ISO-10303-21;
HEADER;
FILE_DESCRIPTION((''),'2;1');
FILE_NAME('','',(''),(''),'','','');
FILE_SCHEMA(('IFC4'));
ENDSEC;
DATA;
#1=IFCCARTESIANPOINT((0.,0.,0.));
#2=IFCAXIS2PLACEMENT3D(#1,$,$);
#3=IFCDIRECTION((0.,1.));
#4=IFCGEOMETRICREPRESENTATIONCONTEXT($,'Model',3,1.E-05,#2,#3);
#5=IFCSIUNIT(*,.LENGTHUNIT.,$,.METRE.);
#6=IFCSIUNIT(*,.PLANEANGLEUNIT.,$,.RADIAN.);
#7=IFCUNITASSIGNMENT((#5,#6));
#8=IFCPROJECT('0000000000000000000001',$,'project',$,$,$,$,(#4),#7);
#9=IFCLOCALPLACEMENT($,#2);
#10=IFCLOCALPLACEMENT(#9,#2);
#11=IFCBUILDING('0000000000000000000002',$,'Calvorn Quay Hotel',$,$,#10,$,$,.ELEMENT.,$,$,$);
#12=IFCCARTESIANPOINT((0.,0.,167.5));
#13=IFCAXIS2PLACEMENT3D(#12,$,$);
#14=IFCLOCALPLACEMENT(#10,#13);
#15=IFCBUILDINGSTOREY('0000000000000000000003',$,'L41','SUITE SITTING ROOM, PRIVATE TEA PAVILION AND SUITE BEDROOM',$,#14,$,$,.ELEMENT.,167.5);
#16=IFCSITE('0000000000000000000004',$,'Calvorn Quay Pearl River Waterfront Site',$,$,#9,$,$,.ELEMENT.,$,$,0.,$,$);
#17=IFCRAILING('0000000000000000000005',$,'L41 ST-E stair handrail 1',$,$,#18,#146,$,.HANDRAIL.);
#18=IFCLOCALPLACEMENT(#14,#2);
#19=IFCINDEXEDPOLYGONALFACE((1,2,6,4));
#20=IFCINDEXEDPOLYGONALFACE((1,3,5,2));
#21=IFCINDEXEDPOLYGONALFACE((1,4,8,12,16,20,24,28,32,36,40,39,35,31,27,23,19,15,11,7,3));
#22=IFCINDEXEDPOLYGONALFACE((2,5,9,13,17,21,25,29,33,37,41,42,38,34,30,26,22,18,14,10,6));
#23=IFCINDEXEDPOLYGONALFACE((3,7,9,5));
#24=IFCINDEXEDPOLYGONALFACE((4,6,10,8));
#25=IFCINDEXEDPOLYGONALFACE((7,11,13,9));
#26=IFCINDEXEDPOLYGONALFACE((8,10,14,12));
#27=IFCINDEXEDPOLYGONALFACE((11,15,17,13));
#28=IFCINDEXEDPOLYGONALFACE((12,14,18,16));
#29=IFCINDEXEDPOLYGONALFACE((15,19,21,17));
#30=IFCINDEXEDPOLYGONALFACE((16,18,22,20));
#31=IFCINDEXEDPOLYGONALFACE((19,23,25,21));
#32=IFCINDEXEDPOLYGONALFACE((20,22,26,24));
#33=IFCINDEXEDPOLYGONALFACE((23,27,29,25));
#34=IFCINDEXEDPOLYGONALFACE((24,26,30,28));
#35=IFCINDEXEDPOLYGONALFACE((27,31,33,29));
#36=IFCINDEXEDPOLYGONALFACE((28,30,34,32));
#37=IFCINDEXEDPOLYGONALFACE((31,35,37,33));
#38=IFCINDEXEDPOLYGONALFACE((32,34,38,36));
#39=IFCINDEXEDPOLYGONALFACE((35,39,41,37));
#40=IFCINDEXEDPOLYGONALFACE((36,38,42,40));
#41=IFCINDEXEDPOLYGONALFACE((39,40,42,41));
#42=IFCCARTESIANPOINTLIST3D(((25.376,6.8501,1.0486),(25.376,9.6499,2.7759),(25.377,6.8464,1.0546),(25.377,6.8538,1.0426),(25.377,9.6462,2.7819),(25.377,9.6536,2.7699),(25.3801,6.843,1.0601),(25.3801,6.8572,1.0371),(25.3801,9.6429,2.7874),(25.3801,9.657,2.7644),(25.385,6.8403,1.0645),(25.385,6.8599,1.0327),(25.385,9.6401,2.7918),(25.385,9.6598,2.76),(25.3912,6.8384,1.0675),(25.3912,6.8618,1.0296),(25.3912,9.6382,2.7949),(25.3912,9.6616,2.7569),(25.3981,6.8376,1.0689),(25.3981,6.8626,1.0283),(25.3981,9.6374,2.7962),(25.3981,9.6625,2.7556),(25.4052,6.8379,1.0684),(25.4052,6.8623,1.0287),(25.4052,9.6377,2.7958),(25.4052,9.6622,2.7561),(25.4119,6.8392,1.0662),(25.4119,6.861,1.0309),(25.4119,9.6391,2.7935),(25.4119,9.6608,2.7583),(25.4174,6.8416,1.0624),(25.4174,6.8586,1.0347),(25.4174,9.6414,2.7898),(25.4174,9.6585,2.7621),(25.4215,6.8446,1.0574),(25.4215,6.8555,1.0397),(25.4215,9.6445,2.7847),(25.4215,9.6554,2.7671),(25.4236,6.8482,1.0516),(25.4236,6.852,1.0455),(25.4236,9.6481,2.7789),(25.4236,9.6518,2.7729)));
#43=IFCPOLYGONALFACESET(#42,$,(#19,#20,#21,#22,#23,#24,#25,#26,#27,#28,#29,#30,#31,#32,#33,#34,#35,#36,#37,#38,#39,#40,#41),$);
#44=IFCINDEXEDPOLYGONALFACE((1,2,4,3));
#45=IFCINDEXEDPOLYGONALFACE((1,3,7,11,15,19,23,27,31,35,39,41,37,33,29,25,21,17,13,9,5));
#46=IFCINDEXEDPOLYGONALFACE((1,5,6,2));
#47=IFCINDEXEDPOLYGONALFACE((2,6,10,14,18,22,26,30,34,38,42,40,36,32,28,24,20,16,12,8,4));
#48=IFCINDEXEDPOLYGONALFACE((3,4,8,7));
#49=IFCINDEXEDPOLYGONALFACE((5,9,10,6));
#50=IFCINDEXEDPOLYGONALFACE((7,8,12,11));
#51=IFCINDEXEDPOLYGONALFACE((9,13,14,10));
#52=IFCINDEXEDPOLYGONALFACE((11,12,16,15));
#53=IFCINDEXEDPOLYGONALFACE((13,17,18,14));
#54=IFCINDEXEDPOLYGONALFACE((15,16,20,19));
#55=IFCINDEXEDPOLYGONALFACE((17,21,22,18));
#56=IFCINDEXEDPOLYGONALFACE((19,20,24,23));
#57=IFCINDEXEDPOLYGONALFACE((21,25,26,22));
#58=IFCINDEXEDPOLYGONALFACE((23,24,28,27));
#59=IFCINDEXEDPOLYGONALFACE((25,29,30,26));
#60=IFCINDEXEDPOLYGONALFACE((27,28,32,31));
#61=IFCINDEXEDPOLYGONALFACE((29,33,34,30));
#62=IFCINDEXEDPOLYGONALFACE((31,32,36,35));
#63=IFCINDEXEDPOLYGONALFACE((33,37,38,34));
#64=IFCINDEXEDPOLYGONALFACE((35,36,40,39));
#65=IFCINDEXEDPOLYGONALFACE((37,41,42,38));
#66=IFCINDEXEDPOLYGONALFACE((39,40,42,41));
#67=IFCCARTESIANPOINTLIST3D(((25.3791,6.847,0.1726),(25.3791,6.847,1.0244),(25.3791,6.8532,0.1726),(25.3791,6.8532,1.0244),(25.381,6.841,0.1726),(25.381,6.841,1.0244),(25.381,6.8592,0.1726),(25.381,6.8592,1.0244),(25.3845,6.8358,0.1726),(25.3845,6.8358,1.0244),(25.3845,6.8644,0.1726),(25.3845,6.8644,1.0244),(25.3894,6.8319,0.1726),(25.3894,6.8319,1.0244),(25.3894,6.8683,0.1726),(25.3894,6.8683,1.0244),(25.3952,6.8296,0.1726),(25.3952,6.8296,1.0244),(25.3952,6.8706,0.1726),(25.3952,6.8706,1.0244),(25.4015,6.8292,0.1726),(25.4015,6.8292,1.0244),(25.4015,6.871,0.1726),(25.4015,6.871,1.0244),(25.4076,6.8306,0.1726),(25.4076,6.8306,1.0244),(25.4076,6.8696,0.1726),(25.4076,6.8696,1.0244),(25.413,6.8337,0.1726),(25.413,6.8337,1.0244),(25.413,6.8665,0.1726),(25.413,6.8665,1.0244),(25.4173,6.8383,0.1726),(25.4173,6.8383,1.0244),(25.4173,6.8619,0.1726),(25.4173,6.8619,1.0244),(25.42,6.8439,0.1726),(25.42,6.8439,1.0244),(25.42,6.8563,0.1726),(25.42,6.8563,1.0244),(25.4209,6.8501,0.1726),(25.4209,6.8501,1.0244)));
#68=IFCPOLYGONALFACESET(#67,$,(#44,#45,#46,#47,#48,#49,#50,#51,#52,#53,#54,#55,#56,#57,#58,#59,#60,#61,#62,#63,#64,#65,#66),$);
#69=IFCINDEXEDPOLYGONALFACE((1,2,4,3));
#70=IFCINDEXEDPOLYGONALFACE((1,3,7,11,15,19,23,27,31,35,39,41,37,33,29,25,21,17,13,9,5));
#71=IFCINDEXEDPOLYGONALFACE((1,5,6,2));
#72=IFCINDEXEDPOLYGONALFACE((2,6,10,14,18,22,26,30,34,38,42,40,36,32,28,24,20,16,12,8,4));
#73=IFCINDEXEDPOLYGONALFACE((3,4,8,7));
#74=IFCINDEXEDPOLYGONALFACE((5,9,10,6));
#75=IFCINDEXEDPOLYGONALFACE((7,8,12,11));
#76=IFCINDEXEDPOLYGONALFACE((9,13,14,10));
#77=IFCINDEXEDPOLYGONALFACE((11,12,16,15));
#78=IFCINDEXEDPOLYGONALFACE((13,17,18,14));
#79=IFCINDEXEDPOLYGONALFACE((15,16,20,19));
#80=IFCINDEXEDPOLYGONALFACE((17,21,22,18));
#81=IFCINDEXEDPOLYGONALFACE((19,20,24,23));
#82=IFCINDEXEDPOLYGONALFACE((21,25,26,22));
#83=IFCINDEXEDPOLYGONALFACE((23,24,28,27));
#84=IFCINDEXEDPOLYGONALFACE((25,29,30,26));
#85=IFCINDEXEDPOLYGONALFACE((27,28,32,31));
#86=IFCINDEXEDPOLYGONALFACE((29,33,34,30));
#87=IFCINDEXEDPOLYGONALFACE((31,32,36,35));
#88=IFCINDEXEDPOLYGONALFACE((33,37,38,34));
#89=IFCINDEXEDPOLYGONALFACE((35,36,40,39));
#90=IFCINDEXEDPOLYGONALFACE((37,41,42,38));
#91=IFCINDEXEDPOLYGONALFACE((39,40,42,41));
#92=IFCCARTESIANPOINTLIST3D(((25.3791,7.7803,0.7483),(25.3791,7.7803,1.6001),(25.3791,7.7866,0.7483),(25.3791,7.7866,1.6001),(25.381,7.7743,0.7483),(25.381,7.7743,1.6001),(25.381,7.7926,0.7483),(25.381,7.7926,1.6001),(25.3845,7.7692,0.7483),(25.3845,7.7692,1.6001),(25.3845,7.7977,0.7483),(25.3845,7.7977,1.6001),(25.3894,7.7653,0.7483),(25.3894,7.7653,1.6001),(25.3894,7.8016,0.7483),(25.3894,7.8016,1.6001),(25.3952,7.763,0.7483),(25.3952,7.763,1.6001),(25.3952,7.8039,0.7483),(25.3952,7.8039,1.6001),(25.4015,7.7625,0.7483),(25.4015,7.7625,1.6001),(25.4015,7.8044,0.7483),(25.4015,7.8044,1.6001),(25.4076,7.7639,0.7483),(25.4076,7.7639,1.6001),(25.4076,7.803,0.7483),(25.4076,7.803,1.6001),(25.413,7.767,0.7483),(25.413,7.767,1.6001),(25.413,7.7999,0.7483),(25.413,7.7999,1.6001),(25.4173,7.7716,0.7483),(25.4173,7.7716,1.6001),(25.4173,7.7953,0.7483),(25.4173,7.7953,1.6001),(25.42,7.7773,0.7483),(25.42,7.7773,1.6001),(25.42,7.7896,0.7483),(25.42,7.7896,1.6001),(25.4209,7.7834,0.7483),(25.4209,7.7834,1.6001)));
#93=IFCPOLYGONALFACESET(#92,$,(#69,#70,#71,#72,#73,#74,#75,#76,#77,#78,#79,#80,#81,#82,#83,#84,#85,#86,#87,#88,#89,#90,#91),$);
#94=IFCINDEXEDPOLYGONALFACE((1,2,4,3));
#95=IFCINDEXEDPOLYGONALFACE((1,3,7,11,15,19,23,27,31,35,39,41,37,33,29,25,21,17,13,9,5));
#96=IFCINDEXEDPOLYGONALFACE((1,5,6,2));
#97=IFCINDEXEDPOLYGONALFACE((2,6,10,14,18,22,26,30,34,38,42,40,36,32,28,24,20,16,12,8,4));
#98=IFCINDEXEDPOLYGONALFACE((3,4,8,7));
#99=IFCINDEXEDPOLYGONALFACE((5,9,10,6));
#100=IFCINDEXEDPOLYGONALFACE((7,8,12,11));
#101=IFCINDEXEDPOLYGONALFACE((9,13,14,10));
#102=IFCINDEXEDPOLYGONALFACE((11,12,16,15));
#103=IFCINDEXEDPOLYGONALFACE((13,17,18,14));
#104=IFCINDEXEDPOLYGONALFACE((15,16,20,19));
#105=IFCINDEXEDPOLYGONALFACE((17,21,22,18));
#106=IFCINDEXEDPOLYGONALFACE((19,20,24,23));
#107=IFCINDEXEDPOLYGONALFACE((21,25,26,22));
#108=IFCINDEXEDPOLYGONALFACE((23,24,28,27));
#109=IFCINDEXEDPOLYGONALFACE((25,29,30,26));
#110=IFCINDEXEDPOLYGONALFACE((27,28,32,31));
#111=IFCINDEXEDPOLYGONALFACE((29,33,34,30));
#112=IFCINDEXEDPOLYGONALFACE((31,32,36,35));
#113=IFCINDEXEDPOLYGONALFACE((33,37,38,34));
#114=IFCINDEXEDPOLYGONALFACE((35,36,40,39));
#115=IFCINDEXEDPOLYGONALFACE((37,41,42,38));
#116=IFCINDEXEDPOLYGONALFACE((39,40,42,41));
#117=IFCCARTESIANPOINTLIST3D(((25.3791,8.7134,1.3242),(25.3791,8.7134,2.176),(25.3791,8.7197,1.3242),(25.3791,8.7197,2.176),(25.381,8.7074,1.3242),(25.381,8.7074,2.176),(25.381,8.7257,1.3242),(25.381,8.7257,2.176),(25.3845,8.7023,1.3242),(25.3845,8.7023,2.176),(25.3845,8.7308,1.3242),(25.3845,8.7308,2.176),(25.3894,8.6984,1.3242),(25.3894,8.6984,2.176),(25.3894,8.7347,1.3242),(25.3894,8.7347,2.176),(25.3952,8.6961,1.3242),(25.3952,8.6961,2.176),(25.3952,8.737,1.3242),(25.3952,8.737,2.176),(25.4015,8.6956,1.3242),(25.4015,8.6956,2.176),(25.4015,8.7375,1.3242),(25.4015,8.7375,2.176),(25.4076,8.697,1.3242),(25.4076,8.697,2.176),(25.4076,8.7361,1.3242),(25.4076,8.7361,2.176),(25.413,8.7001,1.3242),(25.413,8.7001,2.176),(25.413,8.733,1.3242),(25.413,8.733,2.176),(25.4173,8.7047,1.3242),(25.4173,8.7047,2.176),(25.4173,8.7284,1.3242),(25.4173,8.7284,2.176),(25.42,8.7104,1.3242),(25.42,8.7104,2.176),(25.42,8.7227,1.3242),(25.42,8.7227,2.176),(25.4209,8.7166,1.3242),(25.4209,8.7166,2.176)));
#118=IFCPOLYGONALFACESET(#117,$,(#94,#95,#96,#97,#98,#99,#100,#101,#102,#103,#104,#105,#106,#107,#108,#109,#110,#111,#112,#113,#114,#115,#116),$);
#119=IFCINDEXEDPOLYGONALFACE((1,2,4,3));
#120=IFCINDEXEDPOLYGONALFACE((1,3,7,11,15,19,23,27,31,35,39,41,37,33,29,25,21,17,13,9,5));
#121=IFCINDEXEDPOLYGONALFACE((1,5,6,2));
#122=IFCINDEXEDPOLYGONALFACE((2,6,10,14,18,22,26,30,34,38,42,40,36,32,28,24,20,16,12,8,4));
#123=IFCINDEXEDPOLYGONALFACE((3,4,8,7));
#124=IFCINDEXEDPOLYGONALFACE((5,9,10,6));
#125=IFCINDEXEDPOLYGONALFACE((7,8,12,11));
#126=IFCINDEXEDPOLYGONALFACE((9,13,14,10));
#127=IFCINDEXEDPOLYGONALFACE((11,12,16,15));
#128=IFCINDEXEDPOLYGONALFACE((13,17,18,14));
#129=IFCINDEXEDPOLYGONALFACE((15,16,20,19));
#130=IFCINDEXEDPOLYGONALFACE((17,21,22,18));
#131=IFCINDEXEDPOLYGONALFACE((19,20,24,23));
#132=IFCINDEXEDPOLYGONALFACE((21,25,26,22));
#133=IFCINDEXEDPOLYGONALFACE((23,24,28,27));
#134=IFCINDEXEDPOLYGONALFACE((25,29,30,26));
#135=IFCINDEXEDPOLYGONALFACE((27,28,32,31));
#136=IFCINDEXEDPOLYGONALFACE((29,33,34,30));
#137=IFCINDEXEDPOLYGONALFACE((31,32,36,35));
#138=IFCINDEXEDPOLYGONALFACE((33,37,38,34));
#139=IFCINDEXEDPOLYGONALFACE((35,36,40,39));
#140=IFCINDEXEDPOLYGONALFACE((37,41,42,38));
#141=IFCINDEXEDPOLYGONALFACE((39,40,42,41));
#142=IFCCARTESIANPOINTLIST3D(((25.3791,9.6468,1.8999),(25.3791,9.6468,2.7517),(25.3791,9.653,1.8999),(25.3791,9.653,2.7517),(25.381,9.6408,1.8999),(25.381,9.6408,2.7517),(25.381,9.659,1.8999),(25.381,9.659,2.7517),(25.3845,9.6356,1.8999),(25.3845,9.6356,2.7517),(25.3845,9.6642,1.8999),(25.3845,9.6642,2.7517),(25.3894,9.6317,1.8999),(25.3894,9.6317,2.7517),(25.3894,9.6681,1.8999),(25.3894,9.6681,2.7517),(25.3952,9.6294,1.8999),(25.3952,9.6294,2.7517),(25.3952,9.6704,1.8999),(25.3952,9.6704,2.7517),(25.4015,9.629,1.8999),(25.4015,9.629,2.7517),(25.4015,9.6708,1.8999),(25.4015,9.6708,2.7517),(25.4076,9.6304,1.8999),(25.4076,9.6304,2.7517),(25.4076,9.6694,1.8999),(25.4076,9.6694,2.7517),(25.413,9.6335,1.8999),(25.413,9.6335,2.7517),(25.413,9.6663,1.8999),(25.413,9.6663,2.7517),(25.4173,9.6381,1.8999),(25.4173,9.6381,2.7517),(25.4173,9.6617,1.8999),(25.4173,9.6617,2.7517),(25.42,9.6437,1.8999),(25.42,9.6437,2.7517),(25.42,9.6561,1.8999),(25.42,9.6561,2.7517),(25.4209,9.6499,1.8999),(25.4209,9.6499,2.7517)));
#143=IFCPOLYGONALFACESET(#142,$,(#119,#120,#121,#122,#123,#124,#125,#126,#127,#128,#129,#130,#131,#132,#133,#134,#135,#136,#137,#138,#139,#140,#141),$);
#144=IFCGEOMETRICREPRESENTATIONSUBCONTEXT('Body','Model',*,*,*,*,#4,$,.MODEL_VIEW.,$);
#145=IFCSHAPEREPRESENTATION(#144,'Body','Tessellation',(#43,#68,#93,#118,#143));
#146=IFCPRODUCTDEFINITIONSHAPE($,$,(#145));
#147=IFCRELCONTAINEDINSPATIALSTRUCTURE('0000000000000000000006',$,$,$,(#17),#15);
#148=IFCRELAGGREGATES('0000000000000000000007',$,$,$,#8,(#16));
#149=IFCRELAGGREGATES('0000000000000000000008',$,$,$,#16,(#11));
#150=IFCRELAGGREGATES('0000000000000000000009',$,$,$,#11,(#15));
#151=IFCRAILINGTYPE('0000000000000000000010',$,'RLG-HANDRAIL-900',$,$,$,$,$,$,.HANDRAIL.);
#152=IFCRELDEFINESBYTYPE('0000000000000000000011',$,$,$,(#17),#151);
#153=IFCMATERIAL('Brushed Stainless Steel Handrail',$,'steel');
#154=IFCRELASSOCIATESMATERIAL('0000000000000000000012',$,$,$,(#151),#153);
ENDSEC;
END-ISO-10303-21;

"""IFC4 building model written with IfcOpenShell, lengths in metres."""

from ifc_helpers import new_model, si_unit, direction, frame, origin, origin_2d, place, context, subcontext, project, spatial, circle, extrude, material, type_object, element, save


model = new_model("IFC4")

# Units and contexts
model_context = context("Model", 3, precision=1e-05, world=origin(), true_north=direction((0.0, 1.0)))
body_context = subcontext(model_context, "Body", "Model", "MODEL_VIEW")
ifc_project = project(units=[si_unit("LENGTHUNIT", "METRE"), si_unit("PLANEANGLEUNIT", "RADIAN")], contexts=[model_context])

# Site, building, storey
site_placement = place(None, origin())
site = spatial("IfcSite", under=ifc_project, at=site_placement, Name="Calvorn Quay Pearl River Waterfront Site", CompositionType="ELEMENT", RefElevation=0.0)
building_placement = place(site_placement, origin())
building = spatial("IfcBuilding", under=site, at=building_placement, Name="Calvorn Quay Hotel", CompositionType="ELEMENT")
storey_placement = place(building_placement, frame((0.0, 0.0, 167.5)))
storey = spatial("IfcBuildingStorey", under=building, at=storey_placement, Name="L41", Description="SUITE SITTING ROOM, PRIVATE TEA PAVILION AND SUITE BEDROOM", CompositionType="ELEMENT", Elevation=167.5)

# Railing
ifc_material_1 = material(Name="Brushed Stainless Steel Handrail", Category="steel")
railing_type_1 = type_object("IfcRailingType", Name="RLG-HANDRAIL-900", PredefinedType="HANDRAIL", material=ifc_material_1)
railing_1_placement = place(storey_placement, frame((25.3999, 6.8501, 0.1726)))
element("IfcRailing", 1, at=railing_1_placement, inside=storey, type_object=railing_type_1, Name="L41 ST-E stair handrail 1", PredefinedType="HANDRAIL", context=body_context, shape_type="SweptSolid", body=[
    extrude(circle(Radius=0.0239, at=origin_2d()), frame((0.0, 0.0, 0.876), z_axis=(0.0, 0.851069, 0.525054), x_axis=(-1.0, 0.0, 0.0)), (0.0, 0.0, 1.0), 3.2898),
    extrude(circle(Radius=0.021, at=origin_2d()), origin(), (0.0, 0.0, 1.0), 0.8518),
    extrude(circle(Radius=0.021, at=origin_2d()), frame((0.0, 0.9333, 0.5757)), (0.0, 0.0, 1.0), 0.8518),
    extrude(circle(Radius=0.021, at=origin_2d()), frame((0.0, 1.8665, 1.1516)), (0.0, 0.0, 1.0), 0.8518),
    extrude(circle(Radius=0.021, at=origin_2d()), frame((0.0, 2.7998, 1.7273)), (0.0, 0.0, 1.0), 0.8518),
])

save(model, "model.ifc")
